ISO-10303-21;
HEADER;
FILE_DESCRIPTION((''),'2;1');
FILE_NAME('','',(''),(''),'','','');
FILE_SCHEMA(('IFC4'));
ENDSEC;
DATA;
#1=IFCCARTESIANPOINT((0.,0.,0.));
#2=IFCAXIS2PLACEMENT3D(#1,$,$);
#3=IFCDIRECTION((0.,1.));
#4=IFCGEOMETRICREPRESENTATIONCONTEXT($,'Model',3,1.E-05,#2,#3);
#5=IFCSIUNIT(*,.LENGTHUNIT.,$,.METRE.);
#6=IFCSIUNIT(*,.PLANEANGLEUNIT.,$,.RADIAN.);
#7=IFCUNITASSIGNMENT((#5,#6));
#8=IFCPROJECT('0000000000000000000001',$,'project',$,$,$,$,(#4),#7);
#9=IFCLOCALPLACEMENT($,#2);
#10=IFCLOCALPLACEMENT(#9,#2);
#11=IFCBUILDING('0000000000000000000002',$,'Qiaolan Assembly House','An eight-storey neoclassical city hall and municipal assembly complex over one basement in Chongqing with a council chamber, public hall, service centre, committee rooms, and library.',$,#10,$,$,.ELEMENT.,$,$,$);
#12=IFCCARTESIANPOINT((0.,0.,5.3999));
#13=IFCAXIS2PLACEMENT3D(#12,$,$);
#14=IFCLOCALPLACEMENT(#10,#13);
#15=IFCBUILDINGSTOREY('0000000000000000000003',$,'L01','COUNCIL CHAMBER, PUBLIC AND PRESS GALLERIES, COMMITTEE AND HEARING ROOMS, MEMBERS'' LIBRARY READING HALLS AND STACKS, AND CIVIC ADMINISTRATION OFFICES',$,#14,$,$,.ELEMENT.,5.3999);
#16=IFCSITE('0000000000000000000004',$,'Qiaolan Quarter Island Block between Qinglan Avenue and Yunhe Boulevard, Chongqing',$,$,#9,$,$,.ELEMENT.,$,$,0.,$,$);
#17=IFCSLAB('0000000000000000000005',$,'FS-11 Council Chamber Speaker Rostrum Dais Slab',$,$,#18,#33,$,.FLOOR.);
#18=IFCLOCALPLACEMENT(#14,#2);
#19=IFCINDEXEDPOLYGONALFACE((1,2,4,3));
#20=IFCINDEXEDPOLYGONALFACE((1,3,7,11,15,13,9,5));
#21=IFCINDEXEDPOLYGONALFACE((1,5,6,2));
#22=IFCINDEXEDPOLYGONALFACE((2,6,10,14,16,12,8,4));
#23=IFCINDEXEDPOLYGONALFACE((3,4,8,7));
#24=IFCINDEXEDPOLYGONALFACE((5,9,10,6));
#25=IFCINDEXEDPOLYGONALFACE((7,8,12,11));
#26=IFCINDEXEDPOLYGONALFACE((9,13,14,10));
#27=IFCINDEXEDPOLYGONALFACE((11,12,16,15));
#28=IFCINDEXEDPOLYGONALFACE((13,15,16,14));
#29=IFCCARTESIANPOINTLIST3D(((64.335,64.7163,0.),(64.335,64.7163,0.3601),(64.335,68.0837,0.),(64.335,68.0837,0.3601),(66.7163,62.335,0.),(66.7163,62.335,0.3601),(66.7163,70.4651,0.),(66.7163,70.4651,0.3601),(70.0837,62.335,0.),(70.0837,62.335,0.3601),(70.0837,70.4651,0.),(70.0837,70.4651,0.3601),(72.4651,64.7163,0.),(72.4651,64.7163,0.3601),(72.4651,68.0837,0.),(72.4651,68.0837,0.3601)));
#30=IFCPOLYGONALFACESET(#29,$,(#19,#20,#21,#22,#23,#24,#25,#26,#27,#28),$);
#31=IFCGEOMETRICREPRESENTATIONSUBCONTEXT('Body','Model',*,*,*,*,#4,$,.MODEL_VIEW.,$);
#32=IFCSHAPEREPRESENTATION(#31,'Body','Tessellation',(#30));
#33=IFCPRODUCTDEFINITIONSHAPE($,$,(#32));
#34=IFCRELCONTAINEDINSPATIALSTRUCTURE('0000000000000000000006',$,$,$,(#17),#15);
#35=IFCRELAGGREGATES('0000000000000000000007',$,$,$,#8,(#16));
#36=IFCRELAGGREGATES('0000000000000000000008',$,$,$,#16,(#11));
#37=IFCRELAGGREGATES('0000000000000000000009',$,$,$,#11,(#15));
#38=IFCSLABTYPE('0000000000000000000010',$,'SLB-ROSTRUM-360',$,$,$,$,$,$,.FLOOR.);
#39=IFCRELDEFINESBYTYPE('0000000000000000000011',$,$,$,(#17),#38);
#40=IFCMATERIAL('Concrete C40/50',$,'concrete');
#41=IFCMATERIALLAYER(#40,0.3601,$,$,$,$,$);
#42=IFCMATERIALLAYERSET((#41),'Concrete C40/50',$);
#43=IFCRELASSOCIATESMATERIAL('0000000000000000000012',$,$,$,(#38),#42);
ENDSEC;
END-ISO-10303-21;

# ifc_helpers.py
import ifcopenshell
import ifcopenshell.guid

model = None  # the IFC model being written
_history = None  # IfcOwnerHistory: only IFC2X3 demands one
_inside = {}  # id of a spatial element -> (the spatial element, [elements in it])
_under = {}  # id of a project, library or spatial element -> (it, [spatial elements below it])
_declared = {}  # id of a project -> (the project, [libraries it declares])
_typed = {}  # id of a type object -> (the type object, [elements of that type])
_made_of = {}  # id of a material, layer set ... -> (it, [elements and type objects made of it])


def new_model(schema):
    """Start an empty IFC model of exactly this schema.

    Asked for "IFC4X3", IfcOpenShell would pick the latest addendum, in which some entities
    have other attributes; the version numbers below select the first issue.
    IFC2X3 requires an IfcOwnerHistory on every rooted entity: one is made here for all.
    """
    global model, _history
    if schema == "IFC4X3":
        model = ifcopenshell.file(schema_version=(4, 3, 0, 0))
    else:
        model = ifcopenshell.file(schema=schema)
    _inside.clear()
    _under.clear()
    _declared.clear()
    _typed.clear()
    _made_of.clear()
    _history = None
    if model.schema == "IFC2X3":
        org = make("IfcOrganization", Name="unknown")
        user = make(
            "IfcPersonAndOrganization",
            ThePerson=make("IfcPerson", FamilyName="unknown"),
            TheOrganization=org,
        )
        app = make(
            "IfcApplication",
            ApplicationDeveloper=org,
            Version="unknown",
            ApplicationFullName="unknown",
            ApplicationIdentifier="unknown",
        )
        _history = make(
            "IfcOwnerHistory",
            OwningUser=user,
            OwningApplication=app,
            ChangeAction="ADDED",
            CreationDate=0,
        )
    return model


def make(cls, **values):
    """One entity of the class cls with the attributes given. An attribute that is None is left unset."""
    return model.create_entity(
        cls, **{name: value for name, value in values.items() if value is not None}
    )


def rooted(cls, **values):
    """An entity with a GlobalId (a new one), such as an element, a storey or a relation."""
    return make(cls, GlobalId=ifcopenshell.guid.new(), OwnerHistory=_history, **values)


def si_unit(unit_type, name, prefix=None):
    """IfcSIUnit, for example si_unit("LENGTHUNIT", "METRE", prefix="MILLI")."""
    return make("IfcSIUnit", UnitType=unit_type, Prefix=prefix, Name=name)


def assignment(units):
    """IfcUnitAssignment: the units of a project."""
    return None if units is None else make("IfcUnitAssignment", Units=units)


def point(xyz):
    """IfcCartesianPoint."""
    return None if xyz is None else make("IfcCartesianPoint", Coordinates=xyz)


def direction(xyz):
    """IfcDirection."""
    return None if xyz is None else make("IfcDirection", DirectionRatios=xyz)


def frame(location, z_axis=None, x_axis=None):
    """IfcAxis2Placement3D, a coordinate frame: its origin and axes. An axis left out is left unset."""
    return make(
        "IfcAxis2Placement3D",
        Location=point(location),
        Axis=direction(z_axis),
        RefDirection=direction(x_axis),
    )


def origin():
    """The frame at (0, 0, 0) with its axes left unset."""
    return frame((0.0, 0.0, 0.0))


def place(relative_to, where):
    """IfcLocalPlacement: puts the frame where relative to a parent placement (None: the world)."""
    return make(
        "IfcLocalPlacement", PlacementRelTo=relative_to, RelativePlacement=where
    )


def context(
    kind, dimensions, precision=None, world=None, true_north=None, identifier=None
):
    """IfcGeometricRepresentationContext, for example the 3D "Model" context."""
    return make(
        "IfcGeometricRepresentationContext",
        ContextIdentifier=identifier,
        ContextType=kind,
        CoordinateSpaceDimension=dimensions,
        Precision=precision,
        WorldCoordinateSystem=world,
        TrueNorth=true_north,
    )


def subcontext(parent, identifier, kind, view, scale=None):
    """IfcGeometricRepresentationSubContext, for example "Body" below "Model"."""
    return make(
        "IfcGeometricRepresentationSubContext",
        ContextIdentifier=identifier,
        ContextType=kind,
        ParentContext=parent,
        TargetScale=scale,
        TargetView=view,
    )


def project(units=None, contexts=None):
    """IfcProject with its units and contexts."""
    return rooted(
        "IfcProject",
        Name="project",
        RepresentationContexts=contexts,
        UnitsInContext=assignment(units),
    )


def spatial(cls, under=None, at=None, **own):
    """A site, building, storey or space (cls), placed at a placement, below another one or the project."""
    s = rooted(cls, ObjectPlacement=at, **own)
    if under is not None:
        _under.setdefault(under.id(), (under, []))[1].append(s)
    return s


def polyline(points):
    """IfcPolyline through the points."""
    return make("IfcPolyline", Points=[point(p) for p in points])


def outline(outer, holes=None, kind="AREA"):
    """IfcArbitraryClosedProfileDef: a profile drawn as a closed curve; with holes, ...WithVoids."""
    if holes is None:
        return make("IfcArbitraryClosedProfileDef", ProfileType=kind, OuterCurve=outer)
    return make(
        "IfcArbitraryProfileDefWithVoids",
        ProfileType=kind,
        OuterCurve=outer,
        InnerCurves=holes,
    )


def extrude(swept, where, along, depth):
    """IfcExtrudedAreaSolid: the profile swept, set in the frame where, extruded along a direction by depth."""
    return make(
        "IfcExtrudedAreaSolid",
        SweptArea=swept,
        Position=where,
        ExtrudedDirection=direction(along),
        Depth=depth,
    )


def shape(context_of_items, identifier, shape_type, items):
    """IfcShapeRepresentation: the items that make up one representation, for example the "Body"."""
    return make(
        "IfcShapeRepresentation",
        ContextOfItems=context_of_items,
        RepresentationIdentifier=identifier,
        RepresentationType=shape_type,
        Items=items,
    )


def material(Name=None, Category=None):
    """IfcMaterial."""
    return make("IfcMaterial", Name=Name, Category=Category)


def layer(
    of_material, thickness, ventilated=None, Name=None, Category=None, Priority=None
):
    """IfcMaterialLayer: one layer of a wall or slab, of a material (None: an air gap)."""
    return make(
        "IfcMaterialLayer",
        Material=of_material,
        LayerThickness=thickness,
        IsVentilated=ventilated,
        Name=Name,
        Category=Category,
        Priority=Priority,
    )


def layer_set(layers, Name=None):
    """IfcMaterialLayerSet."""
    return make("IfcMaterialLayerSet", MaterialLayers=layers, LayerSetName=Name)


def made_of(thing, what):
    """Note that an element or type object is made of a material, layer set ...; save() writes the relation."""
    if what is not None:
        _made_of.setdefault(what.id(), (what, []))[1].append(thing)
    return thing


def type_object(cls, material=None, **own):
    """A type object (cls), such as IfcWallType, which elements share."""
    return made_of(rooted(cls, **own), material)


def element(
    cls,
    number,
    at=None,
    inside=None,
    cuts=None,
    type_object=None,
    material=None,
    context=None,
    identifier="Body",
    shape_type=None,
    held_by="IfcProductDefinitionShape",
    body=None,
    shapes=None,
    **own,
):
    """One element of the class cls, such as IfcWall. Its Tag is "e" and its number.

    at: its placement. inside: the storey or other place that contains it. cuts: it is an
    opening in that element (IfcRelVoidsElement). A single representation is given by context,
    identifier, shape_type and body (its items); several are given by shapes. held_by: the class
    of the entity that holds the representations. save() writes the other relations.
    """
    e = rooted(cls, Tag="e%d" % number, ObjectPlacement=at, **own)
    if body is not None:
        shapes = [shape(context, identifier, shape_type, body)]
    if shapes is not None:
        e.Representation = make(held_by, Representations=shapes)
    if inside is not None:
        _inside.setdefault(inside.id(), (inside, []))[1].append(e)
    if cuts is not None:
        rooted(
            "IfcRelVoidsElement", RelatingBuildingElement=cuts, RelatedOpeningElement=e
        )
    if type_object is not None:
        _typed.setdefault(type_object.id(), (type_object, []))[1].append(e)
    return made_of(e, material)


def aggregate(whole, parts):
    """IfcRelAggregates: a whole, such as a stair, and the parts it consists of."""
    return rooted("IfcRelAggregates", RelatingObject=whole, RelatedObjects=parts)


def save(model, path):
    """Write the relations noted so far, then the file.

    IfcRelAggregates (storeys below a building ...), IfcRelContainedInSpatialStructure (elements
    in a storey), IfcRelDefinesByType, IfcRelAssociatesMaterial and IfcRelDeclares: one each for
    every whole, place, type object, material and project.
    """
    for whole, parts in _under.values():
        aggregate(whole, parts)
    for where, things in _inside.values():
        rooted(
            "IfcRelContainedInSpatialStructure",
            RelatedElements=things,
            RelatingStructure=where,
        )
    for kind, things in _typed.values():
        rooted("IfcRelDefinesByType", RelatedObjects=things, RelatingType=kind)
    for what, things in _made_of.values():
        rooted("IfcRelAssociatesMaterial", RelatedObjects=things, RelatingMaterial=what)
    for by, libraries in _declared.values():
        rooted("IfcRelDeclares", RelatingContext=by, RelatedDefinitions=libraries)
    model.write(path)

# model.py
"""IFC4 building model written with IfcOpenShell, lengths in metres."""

from ifc_helpers import new_model, si_unit, direction, frame, origin, place, context, subcontext, project, spatial, polyline, outline, extrude, material, layer, layer_set, type_object, element, save


model = new_model("IFC4")

# Units and contexts
model_context = context("Model", 3, precision=1e-05, world=origin(), true_north=direction((0.0, 1.0)))
body_context = subcontext(model_context, "Body", "Model", "MODEL_VIEW")
ifc_project = project(units=[si_unit("LENGTHUNIT", "METRE"), si_unit("PLANEANGLEUNIT", "RADIAN")], contexts=[model_context])

# Site, building, storey
site_placement = place(None, origin())
site = spatial("IfcSite", under=ifc_project, at=site_placement, Name="Qiaolan Quarter Island Block between Qinglan Avenue and Yunhe Boulevard, Chongqing", CompositionType="ELEMENT", RefElevation=0.0)
building_placement = place(site_placement, origin())
building = spatial("IfcBuilding", under=site, at=building_placement, Name="Qiaolan Assembly House", Description="An eight-storey neoclassical city hall and municipal assembly complex over one basement in Chongqing with a council chamber, public hall, service centre, committee rooms, and library.", CompositionType="ELEMENT")
storey_placement = place(building_placement, frame((0.0, 0.0, 5.3999)))
storey = spatial("IfcBuildingStorey", under=building, at=storey_placement, Name="L01", Description="COUNCIL CHAMBER, PUBLIC AND PRESS GALLERIES, COMMITTEE AND HEARING ROOMS, MEMBERS' LIBRARY READING HALLS AND STACKS, AND CIVIC ADMINISTRATION OFFICES", CompositionType="ELEMENT", Elevation=5.3999)

# Shared definitions
ifc_material_1 = material(Name="Concrete C40/50", Category="concrete")

# Slab
ifc_layer_1 = layer(ifc_material_1, 0.3601)
ifc_layer_set_1 = layer_set([ifc_layer_1], Name="Concrete C40/50")
slab_type_1 = type_object("IfcSlabType", Name="SLB-ROSTRUM-360", PredefinedType="FLOOR", material=ifc_layer_set_1)
slab_1_placement = place(storey_placement, origin())
element("IfcSlab", 1, at=slab_1_placement, inside=storey, type_object=slab_type_1, Name="FS-11 Council Chamber Speaker Rostrum Dais Slab", PredefinedType="FLOOR", context=body_context, shape_type="SweptSolid", body=[
    extrude(outline(polyline([(72.4651, 68.0837), (70.0837, 70.4651), (66.7163, 70.4651), (64.335, 68.0837), (64.335, 64.7163), (66.7163, 62.335), (70.0837, 62.335), (72.4651, 64.7163), (72.4651, 68.0837)])), origin(), (0.0, 0.0, 1.0), 0.3601),
])

save(model, "model.ifc")
